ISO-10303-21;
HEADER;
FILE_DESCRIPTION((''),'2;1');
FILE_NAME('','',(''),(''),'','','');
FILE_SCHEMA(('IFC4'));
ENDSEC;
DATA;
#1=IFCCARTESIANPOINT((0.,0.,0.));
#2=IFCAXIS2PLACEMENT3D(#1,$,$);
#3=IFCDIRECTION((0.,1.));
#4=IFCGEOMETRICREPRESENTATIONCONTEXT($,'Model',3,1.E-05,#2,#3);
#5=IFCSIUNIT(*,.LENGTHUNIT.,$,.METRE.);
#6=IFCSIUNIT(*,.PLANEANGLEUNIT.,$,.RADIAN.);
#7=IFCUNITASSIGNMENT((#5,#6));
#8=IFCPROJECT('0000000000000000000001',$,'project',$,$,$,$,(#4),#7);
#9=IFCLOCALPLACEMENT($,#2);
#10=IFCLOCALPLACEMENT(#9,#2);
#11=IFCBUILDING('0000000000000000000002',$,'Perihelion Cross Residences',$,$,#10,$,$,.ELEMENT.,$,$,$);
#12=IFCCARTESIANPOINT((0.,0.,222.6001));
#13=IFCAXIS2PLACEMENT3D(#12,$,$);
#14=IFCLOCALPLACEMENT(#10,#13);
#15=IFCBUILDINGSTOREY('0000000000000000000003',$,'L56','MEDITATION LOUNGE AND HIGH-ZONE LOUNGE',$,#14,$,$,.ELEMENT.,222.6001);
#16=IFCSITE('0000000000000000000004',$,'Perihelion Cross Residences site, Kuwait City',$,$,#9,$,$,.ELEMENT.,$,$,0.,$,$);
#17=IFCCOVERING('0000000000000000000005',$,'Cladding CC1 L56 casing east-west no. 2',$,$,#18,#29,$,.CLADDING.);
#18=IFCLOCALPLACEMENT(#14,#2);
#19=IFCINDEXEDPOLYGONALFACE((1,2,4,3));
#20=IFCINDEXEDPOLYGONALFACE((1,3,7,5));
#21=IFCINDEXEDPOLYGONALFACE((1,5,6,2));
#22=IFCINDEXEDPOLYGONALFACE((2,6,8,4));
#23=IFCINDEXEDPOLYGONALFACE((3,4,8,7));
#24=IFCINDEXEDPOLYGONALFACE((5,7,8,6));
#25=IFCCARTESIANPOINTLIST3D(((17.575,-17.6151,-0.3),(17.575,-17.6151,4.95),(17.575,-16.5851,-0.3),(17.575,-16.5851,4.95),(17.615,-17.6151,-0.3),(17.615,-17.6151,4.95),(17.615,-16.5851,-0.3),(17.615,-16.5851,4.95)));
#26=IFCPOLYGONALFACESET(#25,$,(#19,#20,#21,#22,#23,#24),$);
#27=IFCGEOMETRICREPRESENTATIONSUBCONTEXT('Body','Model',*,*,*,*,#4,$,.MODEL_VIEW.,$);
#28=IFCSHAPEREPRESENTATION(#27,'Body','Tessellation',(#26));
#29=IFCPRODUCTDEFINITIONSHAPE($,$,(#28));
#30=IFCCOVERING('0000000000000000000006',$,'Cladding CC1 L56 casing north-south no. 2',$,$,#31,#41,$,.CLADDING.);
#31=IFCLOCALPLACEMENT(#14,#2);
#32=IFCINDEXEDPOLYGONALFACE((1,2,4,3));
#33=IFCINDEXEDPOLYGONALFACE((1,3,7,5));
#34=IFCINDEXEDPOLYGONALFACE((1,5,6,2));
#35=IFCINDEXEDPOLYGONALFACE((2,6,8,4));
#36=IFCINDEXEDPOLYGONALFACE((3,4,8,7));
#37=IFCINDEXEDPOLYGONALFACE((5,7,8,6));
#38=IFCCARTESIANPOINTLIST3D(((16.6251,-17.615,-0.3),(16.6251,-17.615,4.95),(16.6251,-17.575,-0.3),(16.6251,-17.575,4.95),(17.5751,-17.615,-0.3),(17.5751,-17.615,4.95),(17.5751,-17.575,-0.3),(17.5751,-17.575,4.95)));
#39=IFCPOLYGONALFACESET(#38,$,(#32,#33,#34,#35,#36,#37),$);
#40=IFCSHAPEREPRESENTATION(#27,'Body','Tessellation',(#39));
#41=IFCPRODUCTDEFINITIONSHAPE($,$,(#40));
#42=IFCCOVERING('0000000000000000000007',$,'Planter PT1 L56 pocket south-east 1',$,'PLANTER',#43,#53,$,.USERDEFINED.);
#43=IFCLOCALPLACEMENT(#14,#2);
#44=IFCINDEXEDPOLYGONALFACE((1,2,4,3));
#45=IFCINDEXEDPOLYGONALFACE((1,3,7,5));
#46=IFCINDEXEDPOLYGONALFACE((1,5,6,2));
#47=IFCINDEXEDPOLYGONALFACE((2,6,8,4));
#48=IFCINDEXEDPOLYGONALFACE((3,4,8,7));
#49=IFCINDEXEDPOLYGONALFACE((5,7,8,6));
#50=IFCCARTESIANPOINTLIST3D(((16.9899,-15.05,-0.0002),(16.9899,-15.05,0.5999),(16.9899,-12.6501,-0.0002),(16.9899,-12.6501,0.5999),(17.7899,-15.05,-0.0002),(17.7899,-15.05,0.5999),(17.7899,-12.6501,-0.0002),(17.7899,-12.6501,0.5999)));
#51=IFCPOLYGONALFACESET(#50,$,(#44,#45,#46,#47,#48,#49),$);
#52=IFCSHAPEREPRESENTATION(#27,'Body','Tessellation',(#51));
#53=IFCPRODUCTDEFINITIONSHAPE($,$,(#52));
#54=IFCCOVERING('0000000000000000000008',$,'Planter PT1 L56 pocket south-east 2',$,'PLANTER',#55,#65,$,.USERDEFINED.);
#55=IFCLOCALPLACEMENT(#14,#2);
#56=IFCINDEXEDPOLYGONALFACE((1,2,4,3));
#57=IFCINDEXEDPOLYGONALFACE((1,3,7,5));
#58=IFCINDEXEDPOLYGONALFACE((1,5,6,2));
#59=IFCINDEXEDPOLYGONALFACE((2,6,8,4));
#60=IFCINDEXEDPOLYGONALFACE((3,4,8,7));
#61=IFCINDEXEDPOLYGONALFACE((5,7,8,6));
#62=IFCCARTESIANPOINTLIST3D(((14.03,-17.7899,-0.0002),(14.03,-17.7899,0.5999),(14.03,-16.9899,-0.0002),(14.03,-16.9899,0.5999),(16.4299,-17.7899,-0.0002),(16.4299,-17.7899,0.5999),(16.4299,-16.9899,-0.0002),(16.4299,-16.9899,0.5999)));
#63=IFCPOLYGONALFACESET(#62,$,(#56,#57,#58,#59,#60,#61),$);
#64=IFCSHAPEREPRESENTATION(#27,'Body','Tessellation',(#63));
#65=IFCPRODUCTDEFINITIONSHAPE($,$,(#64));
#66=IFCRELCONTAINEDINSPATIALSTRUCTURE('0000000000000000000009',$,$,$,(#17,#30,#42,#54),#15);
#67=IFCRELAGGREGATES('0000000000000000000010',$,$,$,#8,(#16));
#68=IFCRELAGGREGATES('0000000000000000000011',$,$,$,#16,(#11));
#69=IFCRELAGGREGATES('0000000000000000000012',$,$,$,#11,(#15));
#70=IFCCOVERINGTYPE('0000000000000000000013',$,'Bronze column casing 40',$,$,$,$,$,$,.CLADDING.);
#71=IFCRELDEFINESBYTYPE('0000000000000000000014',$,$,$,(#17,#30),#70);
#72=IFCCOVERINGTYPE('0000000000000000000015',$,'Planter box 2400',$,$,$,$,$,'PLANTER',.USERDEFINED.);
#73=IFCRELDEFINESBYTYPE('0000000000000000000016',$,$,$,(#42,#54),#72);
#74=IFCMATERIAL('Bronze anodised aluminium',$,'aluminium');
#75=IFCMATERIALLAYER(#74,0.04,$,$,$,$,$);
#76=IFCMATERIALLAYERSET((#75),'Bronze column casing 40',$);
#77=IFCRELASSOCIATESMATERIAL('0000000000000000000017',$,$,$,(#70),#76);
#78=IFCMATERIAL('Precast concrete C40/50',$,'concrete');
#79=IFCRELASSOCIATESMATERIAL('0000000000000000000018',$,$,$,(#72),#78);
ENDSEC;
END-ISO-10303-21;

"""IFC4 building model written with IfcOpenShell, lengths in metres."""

from ifc_helpers import new_model, si_unit, direction, frame, origin, origin_2d, place, context, subcontext, project, spatial, rectangle, extrude, material, layer, layer_set, type_object, element, save


model = new_model("IFC4")

# Units and contexts
model_context = context("Model", 3, precision=1e-05, world=origin(), true_north=direction((0.0, 1.0)))
body_context = subcontext(model_context, "Body", "Model", "MODEL_VIEW")
ifc_project = project(units=[si_unit("LENGTHUNIT", "METRE"), si_unit("PLANEANGLEUNIT", "RADIAN")], contexts=[model_context])

# Site, building, storey
site_placement = place(None, origin())
site = spatial("IfcSite", under=ifc_project, at=site_placement, Name="Perihelion Cross Residences site, Kuwait City", CompositionType="ELEMENT", RefElevation=0.0)
building_placement = place(site_placement, origin())
building = spatial("IfcBuilding", under=site, at=building_placement, Name="Perihelion Cross Residences", CompositionType="ELEMENT")
storey_placement = place(building_placement, frame((0.0, 0.0, 222.6001)))
storey = spatial("IfcBuildingStorey", under=building, at=storey_placement, Name="L56", Description="MEDITATION LOUNGE AND HIGH-ZONE LOUNGE", CompositionType="ELEMENT", Elevation=222.6001)

# Coverings
ifc_material_1 = material(Name="Bronze anodised aluminium", Category="aluminium")
ifc_layer_1 = layer(ifc_material_1, 0.04)
ifc_layer_set_1 = layer_set([ifc_layer_1], Name="Bronze column casing 40")
covering_type_1 = type_object("IfcCoveringType", Name="Bronze column casing 40", PredefinedType="CLADDING", material=ifc_layer_set_1)
covering_1_placement = place(storey_placement, frame((17.595, -17.1001, -0.3), z_axis=(0.0, 0.0, 1.0), x_axis=(1.0, 0.0, 0.0)))
element("IfcCovering", 1, at=covering_1_placement, inside=storey, type_object=covering_type_1, Name="Cladding CC1 L56 casing east-west no. 2", PredefinedType="CLADDING", context=body_context, shape_type="SweptSolid", body=[
    extrude(rectangle(XDim=0.04, YDim=1.03, at=origin_2d()), origin(), (0.0, 0.0, 1.0), 5.25),
])
covering_2_placement = place(storey_placement, frame((17.1001, -17.595, -0.3), z_axis=(0.0, 0.0, 1.0), x_axis=(1.0, 0.0, 0.0)))
element("IfcCovering", 2, at=covering_2_placement, inside=storey, type_object=covering_type_1, Name="Cladding CC1 L56 casing north-south no. 2", PredefinedType="CLADDING", context=body_context, shape_type="SweptSolid", body=[
    extrude(rectangle(XDim=0.95, YDim=0.04, at=origin_2d()), origin(), (0.0, 0.0, 1.0), 5.25),
])
ifc_material_2 = material(Name="Precast concrete C40/50", Category="concrete")
covering_type_2 = type_object("IfcCoveringType", Name="Planter box 2400", ElementType="PLANTER", PredefinedType="USERDEFINED", material=ifc_material_2)
for number, where, z_axis, x_axis, name in (
    (3, (17.3899, -13.8501, -0.0002), (0.0, 0.0, 1.0), (0.0, -1.0, 0.0), "Planter PT1 L56 pocket south-east 1"),
    (4, (15.23, -17.3899, -0.0002), (0.0, 0.0, 1.0), (-1.0, 0.0, 0.0), "Planter PT1 L56 pocket south-east 2"),
):
    element("IfcCovering", number, at=place(storey_placement, frame(where, z_axis=z_axis, x_axis=x_axis)), inside=storey, type_object=covering_type_2, Name=name, ObjectType="PLANTER", PredefinedType="USERDEFINED", context=body_context, shape_type="SweptSolid", body=[
        extrude(rectangle(XDim=2.3999, YDim=0.8, at=origin_2d()), origin(), (0.0, 0.0, 1.0), 0.6001),
    ])

save(model, "model.ifc")
